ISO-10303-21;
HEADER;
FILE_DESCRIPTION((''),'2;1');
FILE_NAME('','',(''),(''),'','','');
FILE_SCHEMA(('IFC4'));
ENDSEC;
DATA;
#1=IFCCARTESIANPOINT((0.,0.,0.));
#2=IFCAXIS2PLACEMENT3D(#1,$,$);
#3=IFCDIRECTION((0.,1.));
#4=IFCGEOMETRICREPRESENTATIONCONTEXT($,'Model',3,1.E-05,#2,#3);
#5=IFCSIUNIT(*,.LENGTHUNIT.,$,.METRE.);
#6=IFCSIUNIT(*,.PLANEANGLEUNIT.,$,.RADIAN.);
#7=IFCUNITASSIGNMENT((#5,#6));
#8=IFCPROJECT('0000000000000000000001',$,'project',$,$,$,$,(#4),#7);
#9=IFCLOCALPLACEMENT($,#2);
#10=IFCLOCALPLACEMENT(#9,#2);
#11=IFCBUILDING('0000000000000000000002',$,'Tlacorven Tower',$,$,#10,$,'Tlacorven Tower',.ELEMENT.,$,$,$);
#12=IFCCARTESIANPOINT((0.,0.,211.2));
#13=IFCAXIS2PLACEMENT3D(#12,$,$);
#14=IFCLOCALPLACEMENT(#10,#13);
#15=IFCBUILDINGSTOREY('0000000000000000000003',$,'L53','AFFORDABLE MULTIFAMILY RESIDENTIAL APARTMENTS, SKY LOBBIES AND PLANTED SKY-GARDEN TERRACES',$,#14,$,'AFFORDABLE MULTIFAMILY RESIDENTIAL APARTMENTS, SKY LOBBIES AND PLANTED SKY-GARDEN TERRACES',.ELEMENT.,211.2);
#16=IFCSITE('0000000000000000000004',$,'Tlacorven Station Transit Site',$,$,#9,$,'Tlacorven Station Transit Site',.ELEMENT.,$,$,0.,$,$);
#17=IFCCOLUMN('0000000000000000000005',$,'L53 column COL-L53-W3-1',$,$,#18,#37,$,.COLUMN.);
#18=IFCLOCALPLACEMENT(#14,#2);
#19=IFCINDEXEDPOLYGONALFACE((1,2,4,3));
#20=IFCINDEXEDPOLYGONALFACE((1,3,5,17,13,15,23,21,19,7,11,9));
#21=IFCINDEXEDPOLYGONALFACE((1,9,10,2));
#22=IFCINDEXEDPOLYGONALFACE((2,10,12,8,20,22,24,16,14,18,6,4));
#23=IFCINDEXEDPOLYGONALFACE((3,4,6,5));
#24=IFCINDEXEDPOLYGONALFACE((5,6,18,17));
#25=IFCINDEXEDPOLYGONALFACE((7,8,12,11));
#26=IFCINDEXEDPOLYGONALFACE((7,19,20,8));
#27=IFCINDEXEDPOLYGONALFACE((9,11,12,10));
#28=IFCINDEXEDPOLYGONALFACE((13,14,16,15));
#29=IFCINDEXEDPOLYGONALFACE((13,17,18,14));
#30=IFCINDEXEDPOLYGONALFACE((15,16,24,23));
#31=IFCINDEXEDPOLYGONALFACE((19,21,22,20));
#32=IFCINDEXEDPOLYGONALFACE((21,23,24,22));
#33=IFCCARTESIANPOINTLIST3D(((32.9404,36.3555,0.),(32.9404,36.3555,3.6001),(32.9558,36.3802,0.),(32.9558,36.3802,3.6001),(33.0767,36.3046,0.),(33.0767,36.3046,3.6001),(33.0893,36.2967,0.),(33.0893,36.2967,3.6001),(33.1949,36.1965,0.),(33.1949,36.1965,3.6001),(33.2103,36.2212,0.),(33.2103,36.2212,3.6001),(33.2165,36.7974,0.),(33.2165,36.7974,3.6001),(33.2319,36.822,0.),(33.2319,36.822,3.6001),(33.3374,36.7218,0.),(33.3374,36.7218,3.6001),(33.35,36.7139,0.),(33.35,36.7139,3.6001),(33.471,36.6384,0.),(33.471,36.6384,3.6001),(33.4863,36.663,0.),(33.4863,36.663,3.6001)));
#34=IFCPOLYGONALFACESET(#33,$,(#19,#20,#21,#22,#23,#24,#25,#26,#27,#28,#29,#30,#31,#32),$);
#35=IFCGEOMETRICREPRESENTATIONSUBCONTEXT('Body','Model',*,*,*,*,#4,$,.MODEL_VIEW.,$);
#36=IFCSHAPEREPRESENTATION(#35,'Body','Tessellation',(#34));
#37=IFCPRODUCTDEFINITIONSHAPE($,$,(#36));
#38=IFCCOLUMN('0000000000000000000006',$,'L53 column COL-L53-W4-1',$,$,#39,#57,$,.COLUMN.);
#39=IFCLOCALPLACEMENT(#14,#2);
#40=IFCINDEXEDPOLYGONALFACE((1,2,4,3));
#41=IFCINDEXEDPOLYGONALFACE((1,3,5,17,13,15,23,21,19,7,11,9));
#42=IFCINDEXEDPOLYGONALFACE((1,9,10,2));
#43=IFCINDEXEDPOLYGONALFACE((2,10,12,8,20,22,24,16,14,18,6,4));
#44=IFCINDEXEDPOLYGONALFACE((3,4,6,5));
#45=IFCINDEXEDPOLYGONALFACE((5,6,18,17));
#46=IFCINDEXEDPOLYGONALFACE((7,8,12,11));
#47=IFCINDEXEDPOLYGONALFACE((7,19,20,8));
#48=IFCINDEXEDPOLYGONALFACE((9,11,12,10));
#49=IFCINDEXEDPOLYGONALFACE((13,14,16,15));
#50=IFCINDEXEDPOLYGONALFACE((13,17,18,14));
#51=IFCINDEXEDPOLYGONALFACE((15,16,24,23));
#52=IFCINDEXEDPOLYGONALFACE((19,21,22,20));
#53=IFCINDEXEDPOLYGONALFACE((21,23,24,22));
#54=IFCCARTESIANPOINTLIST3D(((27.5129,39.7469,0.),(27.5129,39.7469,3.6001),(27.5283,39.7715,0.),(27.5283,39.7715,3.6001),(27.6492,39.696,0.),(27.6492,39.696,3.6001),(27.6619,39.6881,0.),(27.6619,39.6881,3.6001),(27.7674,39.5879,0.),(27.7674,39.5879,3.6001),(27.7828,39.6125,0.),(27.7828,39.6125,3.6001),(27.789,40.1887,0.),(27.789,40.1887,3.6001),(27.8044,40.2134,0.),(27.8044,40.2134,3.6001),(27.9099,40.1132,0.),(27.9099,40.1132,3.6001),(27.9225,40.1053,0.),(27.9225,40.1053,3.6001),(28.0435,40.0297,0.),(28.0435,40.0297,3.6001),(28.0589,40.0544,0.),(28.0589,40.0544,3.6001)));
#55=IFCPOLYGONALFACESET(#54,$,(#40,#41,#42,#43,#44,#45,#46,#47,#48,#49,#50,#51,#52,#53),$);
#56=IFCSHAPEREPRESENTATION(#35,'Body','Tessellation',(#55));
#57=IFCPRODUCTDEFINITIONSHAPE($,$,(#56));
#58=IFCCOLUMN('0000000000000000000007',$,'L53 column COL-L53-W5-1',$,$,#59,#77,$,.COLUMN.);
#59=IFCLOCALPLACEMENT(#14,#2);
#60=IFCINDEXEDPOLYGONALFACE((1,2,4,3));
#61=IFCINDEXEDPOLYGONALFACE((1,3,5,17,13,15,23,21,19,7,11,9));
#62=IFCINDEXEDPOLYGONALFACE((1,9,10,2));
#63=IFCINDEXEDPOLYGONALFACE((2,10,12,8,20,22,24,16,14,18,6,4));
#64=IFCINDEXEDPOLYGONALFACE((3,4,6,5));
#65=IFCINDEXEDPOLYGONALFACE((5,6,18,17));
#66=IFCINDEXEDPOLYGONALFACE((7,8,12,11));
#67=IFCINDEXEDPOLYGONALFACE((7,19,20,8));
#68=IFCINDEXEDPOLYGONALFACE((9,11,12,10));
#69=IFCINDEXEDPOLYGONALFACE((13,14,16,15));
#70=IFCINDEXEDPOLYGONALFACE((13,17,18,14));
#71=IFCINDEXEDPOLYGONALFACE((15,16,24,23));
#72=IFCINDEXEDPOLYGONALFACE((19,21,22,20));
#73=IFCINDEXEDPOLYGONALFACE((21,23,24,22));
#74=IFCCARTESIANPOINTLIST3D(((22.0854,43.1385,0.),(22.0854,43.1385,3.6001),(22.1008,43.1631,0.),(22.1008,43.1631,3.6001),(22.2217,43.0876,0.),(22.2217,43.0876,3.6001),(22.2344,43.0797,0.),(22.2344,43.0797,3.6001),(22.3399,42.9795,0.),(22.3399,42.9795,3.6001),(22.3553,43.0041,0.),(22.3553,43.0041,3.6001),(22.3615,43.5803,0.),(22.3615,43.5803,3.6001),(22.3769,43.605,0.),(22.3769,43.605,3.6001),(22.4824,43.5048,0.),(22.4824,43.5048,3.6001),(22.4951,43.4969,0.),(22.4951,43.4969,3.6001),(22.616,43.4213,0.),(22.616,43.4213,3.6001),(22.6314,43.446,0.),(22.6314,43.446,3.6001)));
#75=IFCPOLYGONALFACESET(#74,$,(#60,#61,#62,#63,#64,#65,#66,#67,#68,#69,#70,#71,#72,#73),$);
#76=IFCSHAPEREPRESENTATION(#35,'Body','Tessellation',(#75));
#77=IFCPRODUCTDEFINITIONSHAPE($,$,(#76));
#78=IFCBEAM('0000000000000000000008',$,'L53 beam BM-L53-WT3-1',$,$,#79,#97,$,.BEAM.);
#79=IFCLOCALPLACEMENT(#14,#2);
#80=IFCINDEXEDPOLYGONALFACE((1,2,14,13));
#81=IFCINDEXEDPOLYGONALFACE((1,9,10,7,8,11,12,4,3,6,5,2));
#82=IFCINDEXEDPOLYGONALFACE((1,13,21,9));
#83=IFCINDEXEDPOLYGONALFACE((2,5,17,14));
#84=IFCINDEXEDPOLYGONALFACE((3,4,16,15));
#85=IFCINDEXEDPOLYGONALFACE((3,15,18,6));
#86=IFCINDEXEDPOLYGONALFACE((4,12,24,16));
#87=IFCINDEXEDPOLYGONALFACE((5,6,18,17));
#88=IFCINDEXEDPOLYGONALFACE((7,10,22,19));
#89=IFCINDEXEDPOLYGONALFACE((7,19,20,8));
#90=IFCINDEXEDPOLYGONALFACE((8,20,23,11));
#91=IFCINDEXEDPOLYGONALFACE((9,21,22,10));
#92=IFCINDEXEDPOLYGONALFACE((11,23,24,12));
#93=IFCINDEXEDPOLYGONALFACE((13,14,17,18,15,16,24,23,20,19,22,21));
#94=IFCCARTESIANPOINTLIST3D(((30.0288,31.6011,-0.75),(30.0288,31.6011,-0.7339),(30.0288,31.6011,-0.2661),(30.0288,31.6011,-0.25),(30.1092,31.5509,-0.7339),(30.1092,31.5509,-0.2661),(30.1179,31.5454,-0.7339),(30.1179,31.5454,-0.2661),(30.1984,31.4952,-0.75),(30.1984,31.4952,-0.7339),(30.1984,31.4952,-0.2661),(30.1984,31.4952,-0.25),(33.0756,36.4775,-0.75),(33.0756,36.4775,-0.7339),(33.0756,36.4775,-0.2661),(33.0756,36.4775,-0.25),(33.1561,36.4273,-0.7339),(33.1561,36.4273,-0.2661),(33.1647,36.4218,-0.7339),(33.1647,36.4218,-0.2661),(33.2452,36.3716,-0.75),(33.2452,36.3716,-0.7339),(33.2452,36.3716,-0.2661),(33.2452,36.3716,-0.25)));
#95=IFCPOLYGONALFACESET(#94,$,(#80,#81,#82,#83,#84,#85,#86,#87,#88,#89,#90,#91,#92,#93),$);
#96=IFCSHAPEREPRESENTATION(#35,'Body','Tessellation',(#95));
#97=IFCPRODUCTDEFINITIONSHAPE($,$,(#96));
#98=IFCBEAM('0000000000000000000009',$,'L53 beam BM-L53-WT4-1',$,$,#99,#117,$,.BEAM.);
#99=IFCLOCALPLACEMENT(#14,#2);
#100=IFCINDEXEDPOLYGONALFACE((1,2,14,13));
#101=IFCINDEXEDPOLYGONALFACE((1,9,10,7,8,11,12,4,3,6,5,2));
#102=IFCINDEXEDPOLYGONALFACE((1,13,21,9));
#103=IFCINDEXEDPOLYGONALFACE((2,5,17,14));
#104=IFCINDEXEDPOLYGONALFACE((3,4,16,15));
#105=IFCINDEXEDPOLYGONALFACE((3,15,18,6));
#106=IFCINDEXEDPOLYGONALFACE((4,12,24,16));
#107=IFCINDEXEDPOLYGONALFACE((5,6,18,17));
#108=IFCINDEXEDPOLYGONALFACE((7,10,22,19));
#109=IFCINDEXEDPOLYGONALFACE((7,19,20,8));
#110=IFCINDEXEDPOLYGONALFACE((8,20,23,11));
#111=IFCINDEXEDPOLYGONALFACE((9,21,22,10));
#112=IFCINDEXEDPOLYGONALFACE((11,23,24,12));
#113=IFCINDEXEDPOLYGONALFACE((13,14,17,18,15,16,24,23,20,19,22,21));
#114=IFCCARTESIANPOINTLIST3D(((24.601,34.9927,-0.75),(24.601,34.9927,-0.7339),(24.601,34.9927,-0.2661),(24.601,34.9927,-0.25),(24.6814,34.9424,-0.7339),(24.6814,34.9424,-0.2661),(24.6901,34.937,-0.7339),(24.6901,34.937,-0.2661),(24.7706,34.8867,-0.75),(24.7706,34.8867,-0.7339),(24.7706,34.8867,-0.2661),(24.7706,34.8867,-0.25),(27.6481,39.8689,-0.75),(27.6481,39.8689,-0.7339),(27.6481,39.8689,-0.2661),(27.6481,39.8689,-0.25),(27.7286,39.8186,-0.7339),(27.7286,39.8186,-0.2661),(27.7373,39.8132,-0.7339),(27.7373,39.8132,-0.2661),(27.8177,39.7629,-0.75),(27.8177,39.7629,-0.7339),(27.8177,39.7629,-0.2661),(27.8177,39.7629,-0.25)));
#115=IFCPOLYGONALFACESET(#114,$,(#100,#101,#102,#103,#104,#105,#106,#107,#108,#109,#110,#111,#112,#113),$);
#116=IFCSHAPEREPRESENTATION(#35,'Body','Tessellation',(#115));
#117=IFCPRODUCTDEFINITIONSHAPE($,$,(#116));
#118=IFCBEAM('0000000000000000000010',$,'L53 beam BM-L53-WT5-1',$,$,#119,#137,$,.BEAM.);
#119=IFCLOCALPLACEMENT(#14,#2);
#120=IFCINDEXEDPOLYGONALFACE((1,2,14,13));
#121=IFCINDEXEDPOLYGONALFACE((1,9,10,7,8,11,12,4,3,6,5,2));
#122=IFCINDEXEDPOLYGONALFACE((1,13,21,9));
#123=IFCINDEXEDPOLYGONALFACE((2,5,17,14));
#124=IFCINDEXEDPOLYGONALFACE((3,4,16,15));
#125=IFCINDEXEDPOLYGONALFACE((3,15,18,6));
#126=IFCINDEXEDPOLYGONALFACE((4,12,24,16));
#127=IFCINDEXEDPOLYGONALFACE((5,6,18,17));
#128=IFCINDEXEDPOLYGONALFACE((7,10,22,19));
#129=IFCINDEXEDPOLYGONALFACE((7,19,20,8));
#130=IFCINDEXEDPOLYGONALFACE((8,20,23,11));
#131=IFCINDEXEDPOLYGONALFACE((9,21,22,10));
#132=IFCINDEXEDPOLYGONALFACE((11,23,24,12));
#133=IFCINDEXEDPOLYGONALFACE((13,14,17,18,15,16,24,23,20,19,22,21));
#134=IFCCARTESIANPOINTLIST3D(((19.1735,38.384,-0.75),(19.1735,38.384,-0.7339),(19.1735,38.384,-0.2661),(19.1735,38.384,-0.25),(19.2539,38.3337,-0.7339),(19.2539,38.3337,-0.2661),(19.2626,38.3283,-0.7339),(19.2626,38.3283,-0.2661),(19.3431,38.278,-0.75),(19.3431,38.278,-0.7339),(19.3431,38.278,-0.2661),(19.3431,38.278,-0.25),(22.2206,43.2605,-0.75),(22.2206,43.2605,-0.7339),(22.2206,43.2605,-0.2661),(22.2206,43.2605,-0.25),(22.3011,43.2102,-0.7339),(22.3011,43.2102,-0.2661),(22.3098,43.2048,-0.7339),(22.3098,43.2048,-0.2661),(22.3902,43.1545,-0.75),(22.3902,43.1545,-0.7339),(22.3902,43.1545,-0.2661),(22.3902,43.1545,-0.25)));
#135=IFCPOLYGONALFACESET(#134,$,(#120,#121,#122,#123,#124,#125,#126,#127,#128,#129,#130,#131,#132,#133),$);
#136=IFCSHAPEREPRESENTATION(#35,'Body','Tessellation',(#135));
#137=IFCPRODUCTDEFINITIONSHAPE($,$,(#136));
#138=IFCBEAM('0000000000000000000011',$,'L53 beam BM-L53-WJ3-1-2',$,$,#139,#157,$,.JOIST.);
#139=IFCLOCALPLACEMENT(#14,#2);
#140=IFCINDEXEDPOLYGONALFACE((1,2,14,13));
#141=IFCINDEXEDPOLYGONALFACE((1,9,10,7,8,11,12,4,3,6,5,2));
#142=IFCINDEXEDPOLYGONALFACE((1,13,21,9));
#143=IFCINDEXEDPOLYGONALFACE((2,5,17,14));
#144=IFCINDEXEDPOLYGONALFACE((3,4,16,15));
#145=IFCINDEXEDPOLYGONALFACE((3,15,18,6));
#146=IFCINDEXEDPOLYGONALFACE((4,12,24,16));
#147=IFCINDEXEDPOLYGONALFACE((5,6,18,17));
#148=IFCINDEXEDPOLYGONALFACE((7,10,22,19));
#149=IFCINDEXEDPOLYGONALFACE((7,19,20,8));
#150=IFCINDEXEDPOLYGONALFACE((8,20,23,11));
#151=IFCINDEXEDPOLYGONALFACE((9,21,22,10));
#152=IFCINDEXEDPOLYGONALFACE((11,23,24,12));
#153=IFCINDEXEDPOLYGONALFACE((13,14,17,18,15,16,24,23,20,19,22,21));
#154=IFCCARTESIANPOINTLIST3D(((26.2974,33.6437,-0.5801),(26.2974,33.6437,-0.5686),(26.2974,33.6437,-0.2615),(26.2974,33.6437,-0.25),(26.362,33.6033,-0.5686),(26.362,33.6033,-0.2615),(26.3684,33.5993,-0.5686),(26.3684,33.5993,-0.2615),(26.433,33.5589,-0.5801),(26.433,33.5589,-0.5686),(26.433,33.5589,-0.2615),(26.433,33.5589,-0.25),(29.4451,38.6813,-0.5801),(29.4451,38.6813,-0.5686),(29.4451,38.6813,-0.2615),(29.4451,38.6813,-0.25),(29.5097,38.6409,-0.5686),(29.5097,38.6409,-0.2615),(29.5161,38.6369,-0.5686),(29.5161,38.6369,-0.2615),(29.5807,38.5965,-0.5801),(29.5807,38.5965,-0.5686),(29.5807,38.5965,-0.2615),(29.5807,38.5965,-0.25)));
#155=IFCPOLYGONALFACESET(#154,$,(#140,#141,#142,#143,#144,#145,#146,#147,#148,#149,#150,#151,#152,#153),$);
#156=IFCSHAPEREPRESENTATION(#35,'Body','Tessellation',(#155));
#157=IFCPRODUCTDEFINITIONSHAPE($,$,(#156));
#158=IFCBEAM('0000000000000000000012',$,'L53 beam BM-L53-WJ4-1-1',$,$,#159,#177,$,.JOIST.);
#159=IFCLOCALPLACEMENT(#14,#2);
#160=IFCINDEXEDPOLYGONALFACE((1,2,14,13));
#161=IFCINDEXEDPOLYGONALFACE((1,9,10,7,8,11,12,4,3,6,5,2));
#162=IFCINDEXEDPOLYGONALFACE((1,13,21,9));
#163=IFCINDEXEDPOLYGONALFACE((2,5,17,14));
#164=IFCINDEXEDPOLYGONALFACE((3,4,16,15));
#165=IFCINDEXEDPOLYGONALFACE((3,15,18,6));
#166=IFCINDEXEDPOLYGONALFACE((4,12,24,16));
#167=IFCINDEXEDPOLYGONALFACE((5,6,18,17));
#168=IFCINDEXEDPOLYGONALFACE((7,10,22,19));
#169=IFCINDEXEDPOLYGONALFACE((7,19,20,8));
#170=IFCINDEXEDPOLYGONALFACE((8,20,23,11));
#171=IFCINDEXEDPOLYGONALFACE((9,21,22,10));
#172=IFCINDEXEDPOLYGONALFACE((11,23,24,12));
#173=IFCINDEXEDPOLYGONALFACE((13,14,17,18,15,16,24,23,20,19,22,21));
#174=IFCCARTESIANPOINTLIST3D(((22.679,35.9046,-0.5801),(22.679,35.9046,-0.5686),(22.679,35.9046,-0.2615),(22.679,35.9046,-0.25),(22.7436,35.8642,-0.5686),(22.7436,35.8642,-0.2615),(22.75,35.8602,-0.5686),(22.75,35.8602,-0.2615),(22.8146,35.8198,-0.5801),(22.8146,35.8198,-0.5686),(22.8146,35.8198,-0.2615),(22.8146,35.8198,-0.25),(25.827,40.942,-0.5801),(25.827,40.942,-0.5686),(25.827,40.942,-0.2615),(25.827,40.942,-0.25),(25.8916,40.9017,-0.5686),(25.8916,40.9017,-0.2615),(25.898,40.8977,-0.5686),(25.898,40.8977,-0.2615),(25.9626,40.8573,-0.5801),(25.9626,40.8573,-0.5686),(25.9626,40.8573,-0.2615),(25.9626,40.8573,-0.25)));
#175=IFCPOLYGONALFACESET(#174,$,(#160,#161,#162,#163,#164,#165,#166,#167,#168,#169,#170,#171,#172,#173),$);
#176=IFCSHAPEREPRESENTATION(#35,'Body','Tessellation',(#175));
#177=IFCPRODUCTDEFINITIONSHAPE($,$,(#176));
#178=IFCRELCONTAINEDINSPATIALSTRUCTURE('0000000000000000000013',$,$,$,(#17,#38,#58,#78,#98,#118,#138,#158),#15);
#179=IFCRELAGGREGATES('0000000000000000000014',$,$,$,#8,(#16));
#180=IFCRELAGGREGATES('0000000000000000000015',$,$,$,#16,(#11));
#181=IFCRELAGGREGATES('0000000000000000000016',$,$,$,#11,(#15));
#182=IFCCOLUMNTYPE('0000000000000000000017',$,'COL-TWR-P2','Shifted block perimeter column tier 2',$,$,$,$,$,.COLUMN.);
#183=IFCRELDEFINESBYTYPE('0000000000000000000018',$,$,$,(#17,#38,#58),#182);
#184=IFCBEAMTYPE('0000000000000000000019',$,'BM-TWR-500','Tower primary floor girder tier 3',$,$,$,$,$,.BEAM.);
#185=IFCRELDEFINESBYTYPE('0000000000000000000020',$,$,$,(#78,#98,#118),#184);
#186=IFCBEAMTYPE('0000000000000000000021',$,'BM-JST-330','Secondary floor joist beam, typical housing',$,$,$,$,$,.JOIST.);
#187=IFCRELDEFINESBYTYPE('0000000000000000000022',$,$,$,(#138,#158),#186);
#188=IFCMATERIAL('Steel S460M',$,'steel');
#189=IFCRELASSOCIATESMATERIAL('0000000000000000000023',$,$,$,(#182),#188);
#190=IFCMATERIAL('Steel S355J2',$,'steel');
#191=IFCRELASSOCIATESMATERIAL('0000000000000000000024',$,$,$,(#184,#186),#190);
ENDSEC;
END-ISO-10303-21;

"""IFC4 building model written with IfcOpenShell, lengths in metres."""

from ifc_helpers import new_model, si_unit, direction, frame, origin, origin_2d, place, context, subcontext, project, spatial, i_section, extrude, source, transform, mapped, material, material_profile, profile_set, type_object, element, save


model = new_model("IFC4")

# Units and contexts
model_context = context("Model", 3, precision=1e-05, world=origin(), true_north=direction((0.0, 1.0)))
body_context = subcontext(model_context, "Body", "Model", "MODEL_VIEW")
ifc_project = project(units=[si_unit("LENGTHUNIT", "METRE"), si_unit("PLANEANGLEUNIT", "RADIAN")], contexts=[model_context])

# Site, building, storey
site_placement = place(None, origin())
site = spatial("IfcSite", under=ifc_project, at=site_placement, Name="Tlacorven Station Transit Site", LongName="Tlacorven Station Transit Site", CompositionType="ELEMENT", RefElevation=0.0)
building_placement = place(site_placement, origin())
building = spatial("IfcBuilding", under=site, at=building_placement, Name="Tlacorven Tower", LongName="Tlacorven Tower", CompositionType="ELEMENT")
storey_placement = place(building_placement, frame((0.0, 0.0, 211.2)))
storey = spatial("IfcBuildingStorey", under=building, at=storey_placement, Name="L53", Description="AFFORDABLE MULTIFAMILY RESIDENTIAL APARTMENTS, SKY LOBBIES AND PLANTED SKY-GARDEN TERRACES", LongName="AFFORDABLE MULTIFAMILY RESIDENTIAL APARTMENTS, SKY LOBBIES AND PLANTED SKY-GARDEN TERRACES", CompositionType="ELEMENT", Elevation=211.2)

# Columns
ifc_material_1 = material(Name="Steel S460M", Category="steel")
ifc_material_profile_1 = material_profile(ifc_material_1, i_section(OverallWidth=0.3, OverallDepth=0.55, WebThickness=0.0149, FlangeThickness=0.0291, at=origin_2d()), Name="HEB 550")
ifc_profile_set_1 = profile_set([ifc_material_profile_1], Name="Steel S460M")
column_type = type_object("IfcColumnType", Name="COL-TWR-P2", Description="Shifted block perimeter column tier 2", PredefinedType="COLUMN", material=ifc_profile_set_1)
shared_shape_1 = source(origin(), body_context, "Body", "SweptSolid", [
    extrude(i_section(OverallWidth=0.3, OverallDepth=0.55, WebThickness=0.0149, FlangeThickness=0.0291, at=origin_2d()), origin(), (0.0, 0.0, 1.0), 3.6001),
])
for number, where, z_axis, x_axis, name in (
    (1, (33.2134, 36.5093, 0.0), (0.0, 0.0, 1.0), (-0.848048, 0.529919, 0.0), "L53 column COL-L53-W3-1"),
    (2, (27.7859, 39.9006, 0.0), (0.0, 0.0, 1.0), (-0.848048, 0.529919, 0.0), "L53 column COL-L53-W4-1"),
    (3, (22.3584, 43.2922, 0.0), (0.0, 0.0, 1.0), (-0.848048, 0.529919, 0.0), "L53 column COL-L53-W5-1"),
):
    element("IfcColumn", number, at=place(storey_placement, frame(where, z_axis=z_axis, x_axis=x_axis)), inside=storey, type_object=column_type, Name=name, PredefinedType="COLUMN", context=body_context, shape_type="MappedRepresentation", body=[
        mapped(shared_shape_1, transform((0.0, 0.0, 0.0), scale=1.0)),
    ])

# Beams
ifc_material_2 = material(Name="Steel S355J2", Category="steel")
ifc_material_profile_2 = material_profile(ifc_material_2, i_section(OverallWidth=0.2, OverallDepth=0.5, WebThickness=0.0103, FlangeThickness=0.0161, at=origin_2d()), Name="IPE 500")
ifc_profile_set_2 = profile_set([ifc_material_profile_2], Name="Steel S355J2")
beam_type_1 = type_object("IfcBeamType", Name="BM-TWR-500", Description="Tower primary floor girder tier 3", PredefinedType="BEAM", material=ifc_profile_set_2)
shared_shape_2 = source(origin(), body_context, "Body", "SweptSolid", [
    extrude(i_section(OverallWidth=0.2, OverallDepth=0.5, WebThickness=0.0103, FlangeThickness=0.0161, at=origin_2d()), origin(), (0.0, 0.0, 1.0), 5.75),
])
for number, where, z_axis, x_axis, name in (
    (4, (33.1604, 36.4246, -0.5), (-0.529884, -0.84807, 0.0), (0.84807, -0.529884, 0.0), "L53 beam BM-L53-WT3-1"),
    (5, (27.7329, 39.8159, -0.5), (-0.529934, -0.848039, 0.0), (0.848039, -0.529934, 0.0), "L53 beam BM-L53-WT4-1"),
):
    element("IfcBeam", number, at=place(storey_placement, frame(where, z_axis=z_axis, x_axis=x_axis)), inside=storey, type_object=beam_type_1, Name=name, PredefinedType="BEAM", context=body_context, shape_type="MappedRepresentation", body=[
        mapped(shared_shape_2, transform((0.0, 0.0, 0.0), scale=1.0)),
    ])
shared_shape_3 = source(origin(), body_context, "Body", "SweptSolid", [
    extrude(i_section(OverallWidth=0.2, OverallDepth=0.5, WebThickness=0.0103, FlangeThickness=0.0161, at=origin_2d()), origin(), (0.0, 0.0, 1.0), 5.7502),
])
beam_1_placement = place(storey_placement, frame((22.3054, 43.2075, -0.5), z_axis=(-0.529915, -0.848051, 0.0), x_axis=(0.848051, -0.529915, 0.0)))
element("IfcBeam", 6, at=beam_1_placement, inside=storey, type_object=beam_type_1, Name="L53 beam BM-L53-WT5-1", PredefinedType="BEAM", context=body_context, shape_type="MappedRepresentation", body=[
    mapped(shared_shape_3, transform((0.0, 0.0, 0.0), scale=1.0)),
])
ifc_material_profile_3 = material_profile(ifc_material_2, i_section(OverallWidth=0.1599, OverallDepth=0.3301, WebThickness=0.0076, FlangeThickness=0.0115, at=origin_2d()), Name="IPE 330")
ifc_profile_set_3 = profile_set([ifc_material_profile_3], Name="Steel S355J2")
beam_type_2 = type_object("IfcBeamType", Name="BM-JST-330", Description="Secondary floor joist beam, typical housing", PredefinedType="JOIST", material=ifc_profile_set_3)
shared_shape_4 = source(origin(), body_context, "Body", "SweptSolid", [
    extrude(i_section(OverallWidth=0.1599, OverallDepth=0.3301, WebThickness=0.0076, FlangeThickness=0.0115, at=origin_2d()), origin(), (0.0, 0.0, 1.0), 5.9402),
])
for number, where, z_axis, x_axis, name in (
    (7, (29.5129, 38.6389, -0.415), (-0.529903, -0.848058, 0.0), (0.848058, -0.529903, 0.0), "L53 beam BM-L53-WJ3-1-2"),
    (8, (25.8948, 40.8997, -0.415), (-0.529951, -0.848028, 0.0), (0.848028, -0.529951, 0.0), "L53 beam BM-L53-WJ4-1-1"),
):
    element("IfcBeam", number, at=place(storey_placement, frame(where, z_axis=z_axis, x_axis=x_axis)), inside=storey, type_object=beam_type_2, Name=name, PredefinedType="JOIST", context=body_context, shape_type="MappedRepresentation", body=[
        mapped(shared_shape_4, transform((0.0, 0.0, 0.0), scale=1.0)),
    ])

save(model, "model.ifc")
